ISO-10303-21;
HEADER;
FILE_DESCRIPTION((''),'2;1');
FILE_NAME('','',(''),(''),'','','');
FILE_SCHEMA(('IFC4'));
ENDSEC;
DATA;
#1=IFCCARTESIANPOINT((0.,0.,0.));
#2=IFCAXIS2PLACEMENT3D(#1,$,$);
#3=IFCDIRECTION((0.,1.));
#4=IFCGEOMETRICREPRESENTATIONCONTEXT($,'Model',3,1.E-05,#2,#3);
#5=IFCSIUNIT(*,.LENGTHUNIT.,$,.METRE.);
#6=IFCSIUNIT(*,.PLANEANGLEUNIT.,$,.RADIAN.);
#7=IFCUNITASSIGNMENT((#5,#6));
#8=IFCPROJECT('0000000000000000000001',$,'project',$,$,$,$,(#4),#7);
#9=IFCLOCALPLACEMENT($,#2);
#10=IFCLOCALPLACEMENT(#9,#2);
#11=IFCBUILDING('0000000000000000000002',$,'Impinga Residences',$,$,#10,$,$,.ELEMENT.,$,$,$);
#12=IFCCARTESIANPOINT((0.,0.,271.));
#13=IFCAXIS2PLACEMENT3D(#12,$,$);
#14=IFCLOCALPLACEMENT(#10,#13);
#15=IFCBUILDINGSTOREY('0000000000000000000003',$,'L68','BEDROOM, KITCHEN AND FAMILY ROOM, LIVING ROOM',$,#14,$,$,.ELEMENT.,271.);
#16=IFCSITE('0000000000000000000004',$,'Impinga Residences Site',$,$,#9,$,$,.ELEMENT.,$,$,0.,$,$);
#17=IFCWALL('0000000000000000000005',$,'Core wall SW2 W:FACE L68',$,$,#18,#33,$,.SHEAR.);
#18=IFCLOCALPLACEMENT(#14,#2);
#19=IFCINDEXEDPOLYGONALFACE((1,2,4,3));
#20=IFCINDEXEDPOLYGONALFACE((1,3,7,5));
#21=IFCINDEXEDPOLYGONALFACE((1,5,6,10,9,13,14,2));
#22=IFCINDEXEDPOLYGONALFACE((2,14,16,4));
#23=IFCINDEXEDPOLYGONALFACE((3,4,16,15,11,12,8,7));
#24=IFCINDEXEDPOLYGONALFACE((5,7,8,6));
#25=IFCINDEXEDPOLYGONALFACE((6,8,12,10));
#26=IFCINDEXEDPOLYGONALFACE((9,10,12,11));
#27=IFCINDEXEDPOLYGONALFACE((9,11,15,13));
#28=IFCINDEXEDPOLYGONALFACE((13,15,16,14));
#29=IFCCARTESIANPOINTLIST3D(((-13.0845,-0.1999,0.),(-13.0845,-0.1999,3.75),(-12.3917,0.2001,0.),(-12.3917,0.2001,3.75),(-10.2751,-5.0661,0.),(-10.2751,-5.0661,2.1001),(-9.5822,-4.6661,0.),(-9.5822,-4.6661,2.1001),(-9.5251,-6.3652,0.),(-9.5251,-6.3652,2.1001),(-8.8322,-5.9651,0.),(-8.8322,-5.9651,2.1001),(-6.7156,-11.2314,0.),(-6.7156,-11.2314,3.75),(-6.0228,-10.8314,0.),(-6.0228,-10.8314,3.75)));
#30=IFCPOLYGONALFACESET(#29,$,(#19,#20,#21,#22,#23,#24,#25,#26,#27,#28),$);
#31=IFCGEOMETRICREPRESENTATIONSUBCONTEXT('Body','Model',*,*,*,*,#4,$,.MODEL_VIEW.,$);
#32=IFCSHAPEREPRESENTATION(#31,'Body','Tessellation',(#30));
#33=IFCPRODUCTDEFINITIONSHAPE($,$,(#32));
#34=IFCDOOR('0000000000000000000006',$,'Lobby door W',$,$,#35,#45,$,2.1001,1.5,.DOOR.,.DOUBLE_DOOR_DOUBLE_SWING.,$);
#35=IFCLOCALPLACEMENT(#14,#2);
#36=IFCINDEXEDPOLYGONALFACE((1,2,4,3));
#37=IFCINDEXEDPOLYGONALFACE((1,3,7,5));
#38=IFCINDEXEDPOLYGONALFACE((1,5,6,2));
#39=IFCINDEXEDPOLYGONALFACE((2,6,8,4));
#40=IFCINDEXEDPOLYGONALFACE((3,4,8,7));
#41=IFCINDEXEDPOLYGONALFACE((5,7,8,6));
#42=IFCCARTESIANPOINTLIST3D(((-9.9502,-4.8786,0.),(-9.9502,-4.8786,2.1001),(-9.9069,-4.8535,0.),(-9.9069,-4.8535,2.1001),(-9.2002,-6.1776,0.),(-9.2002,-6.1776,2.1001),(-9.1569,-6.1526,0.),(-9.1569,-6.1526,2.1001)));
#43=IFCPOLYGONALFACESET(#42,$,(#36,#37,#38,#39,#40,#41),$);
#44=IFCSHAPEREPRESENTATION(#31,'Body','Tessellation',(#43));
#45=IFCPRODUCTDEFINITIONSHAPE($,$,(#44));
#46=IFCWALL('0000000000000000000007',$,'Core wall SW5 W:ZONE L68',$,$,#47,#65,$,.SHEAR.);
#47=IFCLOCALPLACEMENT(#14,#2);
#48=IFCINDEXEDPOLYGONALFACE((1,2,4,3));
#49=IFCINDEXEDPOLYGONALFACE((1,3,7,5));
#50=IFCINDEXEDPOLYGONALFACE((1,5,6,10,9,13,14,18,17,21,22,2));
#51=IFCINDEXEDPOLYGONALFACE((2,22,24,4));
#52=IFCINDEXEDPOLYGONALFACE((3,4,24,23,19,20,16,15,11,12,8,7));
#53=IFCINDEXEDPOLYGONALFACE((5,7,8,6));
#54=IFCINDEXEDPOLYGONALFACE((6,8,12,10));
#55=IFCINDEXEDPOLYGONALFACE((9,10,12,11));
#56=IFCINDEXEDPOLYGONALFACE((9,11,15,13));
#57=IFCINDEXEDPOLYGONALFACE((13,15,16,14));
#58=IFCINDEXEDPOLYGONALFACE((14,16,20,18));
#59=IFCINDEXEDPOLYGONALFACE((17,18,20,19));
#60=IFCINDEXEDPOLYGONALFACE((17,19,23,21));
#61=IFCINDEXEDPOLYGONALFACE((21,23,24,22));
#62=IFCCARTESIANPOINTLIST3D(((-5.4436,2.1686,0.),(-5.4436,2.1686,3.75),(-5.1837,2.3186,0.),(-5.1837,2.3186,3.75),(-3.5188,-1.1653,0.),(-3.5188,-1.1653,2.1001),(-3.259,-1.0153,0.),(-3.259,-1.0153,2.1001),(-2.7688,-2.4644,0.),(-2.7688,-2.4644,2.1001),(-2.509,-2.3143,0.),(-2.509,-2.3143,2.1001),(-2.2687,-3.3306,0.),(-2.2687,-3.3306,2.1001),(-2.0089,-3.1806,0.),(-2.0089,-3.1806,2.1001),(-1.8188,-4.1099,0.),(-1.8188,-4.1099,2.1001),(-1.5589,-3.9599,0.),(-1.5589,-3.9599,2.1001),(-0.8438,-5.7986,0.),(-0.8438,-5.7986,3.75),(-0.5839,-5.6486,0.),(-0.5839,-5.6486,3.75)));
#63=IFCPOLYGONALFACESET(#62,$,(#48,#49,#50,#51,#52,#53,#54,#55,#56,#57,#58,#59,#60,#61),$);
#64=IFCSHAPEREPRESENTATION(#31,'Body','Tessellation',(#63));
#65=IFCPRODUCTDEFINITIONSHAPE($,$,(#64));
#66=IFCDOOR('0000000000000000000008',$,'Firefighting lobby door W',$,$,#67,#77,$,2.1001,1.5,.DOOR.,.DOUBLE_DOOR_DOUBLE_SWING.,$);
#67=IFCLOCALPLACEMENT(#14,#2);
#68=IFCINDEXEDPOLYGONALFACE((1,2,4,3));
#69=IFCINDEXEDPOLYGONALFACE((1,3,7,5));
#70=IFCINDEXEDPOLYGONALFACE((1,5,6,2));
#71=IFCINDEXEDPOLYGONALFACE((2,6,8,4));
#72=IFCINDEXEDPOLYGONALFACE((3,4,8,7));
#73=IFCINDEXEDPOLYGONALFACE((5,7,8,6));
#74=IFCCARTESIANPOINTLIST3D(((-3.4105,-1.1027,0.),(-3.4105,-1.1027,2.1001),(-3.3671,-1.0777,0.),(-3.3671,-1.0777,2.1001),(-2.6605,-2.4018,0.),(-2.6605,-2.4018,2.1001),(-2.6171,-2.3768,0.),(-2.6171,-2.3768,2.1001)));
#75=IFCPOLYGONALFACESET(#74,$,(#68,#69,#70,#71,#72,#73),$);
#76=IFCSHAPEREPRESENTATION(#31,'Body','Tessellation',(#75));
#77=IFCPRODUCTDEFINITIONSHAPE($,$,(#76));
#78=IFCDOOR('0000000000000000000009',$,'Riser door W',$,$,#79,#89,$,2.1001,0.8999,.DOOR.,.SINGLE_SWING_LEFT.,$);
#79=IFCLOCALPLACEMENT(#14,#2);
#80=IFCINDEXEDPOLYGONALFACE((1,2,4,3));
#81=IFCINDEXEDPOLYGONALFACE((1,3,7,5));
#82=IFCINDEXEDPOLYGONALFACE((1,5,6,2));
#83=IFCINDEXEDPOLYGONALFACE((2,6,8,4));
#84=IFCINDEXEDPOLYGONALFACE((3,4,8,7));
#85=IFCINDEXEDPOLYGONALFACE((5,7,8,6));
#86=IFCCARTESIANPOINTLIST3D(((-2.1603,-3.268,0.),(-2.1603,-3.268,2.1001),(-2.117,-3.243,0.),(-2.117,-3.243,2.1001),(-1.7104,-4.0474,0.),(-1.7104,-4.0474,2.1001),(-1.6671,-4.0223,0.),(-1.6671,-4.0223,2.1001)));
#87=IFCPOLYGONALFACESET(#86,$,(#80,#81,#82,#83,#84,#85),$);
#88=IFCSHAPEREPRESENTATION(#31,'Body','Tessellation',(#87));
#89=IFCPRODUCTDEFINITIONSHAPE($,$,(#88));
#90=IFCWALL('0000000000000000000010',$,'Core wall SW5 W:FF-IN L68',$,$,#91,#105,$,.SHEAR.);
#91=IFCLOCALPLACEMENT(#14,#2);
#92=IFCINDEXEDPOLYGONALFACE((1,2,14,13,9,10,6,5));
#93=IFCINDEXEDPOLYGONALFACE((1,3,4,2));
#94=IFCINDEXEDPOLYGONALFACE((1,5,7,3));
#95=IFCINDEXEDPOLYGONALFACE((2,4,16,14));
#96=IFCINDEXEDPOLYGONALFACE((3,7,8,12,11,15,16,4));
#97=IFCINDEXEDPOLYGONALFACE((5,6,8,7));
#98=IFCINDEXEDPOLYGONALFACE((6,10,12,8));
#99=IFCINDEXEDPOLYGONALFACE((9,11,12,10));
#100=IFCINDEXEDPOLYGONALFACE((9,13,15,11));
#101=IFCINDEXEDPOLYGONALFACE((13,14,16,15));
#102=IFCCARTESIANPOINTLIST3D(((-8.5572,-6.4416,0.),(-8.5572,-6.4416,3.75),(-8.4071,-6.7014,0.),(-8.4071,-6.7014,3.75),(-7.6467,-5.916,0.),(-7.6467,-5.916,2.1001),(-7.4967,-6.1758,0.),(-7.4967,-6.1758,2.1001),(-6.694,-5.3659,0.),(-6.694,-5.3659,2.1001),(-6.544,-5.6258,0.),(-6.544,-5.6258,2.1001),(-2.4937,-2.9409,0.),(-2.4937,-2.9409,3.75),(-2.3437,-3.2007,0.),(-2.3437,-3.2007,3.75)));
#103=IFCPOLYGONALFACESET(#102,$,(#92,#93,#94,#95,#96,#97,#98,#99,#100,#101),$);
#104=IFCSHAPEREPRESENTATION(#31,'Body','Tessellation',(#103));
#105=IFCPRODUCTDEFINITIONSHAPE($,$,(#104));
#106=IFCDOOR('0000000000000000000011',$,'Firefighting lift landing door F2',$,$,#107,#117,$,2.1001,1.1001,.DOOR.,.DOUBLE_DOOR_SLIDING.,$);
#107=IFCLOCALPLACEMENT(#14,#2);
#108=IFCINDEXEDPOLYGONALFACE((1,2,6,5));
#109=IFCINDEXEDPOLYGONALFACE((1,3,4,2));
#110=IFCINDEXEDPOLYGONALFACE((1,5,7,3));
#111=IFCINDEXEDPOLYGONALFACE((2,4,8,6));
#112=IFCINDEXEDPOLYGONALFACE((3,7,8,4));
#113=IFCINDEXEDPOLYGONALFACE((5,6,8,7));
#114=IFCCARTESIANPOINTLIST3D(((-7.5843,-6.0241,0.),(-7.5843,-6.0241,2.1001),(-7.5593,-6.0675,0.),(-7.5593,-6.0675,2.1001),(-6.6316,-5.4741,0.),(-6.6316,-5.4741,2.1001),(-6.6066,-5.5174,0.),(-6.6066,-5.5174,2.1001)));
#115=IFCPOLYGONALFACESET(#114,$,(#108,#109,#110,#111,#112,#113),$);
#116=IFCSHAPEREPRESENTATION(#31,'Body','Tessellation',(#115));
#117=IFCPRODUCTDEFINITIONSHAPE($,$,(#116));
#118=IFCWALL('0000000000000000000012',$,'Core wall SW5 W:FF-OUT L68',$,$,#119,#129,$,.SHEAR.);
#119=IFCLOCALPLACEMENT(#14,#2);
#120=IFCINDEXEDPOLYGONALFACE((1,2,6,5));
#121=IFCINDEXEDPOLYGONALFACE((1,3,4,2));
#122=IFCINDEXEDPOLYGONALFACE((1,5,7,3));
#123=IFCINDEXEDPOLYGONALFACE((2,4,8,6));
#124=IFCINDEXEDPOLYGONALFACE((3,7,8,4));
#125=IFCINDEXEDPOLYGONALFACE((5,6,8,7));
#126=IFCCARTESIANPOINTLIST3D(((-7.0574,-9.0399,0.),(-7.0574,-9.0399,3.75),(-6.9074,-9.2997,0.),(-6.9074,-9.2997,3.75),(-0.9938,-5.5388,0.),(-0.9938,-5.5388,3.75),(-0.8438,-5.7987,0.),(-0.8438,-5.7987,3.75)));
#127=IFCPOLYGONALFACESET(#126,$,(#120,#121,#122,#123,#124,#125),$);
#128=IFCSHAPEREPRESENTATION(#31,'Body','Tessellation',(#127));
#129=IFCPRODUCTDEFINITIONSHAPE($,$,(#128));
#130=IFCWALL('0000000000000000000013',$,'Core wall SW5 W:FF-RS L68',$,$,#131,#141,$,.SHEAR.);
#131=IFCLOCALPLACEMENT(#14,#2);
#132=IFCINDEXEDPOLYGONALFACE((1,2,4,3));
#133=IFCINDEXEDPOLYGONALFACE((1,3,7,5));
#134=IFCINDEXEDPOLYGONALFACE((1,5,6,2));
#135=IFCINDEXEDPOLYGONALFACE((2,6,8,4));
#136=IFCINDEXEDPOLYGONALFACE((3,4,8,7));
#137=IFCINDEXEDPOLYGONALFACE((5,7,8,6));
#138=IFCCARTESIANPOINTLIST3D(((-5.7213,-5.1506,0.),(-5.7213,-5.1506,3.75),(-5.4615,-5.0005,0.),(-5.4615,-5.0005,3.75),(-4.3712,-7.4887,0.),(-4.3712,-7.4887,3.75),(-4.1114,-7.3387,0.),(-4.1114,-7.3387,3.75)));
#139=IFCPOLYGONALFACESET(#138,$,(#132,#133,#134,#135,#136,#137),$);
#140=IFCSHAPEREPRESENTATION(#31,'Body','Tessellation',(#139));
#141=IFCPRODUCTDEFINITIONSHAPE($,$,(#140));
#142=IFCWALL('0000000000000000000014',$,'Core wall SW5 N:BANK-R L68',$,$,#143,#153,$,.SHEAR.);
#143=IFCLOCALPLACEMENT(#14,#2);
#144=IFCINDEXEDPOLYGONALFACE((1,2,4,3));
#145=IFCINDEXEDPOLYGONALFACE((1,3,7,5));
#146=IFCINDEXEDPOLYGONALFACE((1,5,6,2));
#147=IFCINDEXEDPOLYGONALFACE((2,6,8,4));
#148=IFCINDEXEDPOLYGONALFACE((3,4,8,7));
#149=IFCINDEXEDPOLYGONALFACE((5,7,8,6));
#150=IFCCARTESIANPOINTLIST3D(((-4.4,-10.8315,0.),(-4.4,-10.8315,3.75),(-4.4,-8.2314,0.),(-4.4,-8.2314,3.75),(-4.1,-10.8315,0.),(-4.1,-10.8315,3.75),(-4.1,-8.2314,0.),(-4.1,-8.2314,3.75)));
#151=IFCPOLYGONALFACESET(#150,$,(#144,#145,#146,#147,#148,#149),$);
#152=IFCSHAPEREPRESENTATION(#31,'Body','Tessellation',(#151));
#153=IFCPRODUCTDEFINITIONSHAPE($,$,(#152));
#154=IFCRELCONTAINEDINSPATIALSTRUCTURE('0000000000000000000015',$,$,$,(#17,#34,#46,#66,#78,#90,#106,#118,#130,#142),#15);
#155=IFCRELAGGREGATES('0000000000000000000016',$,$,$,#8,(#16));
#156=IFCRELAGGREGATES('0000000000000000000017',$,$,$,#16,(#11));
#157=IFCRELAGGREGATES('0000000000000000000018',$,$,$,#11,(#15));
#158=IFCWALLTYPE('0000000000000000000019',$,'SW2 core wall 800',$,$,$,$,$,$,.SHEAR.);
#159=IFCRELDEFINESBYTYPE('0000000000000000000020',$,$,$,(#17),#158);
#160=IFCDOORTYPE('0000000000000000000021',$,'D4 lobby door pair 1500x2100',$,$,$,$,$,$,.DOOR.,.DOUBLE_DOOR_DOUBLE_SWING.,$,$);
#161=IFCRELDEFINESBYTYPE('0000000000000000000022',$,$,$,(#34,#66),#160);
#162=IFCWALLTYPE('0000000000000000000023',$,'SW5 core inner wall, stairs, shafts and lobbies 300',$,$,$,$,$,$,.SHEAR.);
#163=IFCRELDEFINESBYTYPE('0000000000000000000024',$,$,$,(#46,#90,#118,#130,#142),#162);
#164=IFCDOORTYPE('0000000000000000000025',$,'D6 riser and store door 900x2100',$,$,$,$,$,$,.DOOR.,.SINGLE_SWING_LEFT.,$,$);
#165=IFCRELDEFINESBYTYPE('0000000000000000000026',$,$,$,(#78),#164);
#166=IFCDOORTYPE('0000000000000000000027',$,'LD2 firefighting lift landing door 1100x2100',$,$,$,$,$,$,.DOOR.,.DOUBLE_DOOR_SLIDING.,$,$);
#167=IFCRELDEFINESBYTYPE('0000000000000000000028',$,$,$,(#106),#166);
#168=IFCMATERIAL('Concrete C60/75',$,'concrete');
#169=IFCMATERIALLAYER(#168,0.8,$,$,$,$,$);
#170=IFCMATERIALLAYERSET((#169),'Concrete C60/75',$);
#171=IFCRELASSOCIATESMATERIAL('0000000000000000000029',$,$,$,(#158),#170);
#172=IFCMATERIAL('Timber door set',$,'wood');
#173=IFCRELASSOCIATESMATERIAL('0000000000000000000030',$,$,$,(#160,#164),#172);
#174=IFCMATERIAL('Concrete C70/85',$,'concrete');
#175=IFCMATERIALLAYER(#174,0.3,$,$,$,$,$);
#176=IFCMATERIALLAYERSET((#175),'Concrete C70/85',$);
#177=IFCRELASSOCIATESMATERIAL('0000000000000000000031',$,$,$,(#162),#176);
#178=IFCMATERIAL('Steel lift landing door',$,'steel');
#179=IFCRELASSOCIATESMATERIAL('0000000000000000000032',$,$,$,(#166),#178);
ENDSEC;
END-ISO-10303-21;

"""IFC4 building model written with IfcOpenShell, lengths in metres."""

from ifc_helpers import new_model, si_unit, direction, frame, frame_2d, origin, place, context, subcontext, project, spatial, rectangle, extrude, material, layer, layer_set, type_object, element, fill, save


model = new_model("IFC4")

# Units and contexts
model_context = context("Model", 3, precision=1e-05, world=origin(), true_north=direction((0.0, 1.0)))
body_context = subcontext(model_context, "Body", "Model", "MODEL_VIEW")
ifc_project = project(units=[si_unit("LENGTHUNIT", "METRE"), si_unit("PLANEANGLEUNIT", "RADIAN")], contexts=[model_context])

# Site, building, storey
site_placement = place(None, origin())
site = spatial("IfcSite", under=ifc_project, at=site_placement, Name="Impinga Residences Site", CompositionType="ELEMENT", RefElevation=0.0)
building_placement = place(site_placement, origin())
building = spatial("IfcBuilding", under=site, at=building_placement, Name="Impinga Residences", CompositionType="ELEMENT")
storey_placement = place(building_placement, frame((0.0, 0.0, 271.0)))
storey = spatial("IfcBuildingStorey", under=building, at=storey_placement, Name="L68", Description="BEDROOM, KITCHEN AND FAMILY ROOM, LIVING ROOM", CompositionType="ELEMENT", Elevation=271.0)

# Shared definitions
ifc_material_1 = material(Name="Concrete C60/75", Category="concrete")
ifc_material_2 = material(Name="Timber door set", Category="wood")

# Wall, opening, door
ifc_layer_1 = layer(ifc_material_1, 0.8)
ifc_layer_set_1 = layer_set([ifc_layer_1], Name="Concrete C60/75")
wall_type_1 = type_object("IfcWallType", Name="SW2 core wall 800", PredefinedType="SHEAR", material=ifc_layer_set_1)
wall_1_placement = place(storey_placement, frame((-6.3691, -11.0315, 0.0), z_axis=(0.0, 0.0, 1.0), x_axis=(-0.499992, 0.86603, 0.0)))
wall_1 = element("IfcWall", 1, at=wall_1_placement, inside=storey, type_object=wall_type_1, Name="Core wall SW2 W:FACE L68", PredefinedType="SHEAR", context=body_context, shape_type="SweptSolid", body=[
    extrude(rectangle(XDim=12.738, YDim=0.8, at=frame_2d((6.3691, 0.0))), origin(), (0.0, 0.0, 1.0), 3.75),
])
opening_1_placement = place(wall_1_placement, frame((5.6191, 0.0, 0.0)))
opening_1 = element("IfcOpeningElement", 2, at=opening_1_placement, cuts=wall_1, PredefinedType="OPENING", context=body_context, shape_type="SweptSolid", body=[
    extrude(rectangle(XDim=1.5, YDim=2.1001, at=frame_2d((0.75, 1.05))), frame((0.0, 0.4099, 0.0), z_axis=(0.0, -1.0, 0.0), x_axis=(1.0, 0.0, 0.0)), (0.0, 0.0, 1.0), 0.8201),
])
door_type_1 = type_object("IfcDoorType", Name="D4 lobby door pair 1500x2100", OperationType="DOUBLE_DOOR_DOUBLE_SWING", PredefinedType="DOOR", material=ifc_material_2)
door_1_placement = place(opening_1_placement, origin())
door_1 = element("IfcDoor", 3, at=door_1_placement, inside=storey, type_object=door_type_1, Name="Lobby door W", OperationType="DOUBLE_DOOR_DOUBLE_SWING", OverallHeight=2.1001, OverallWidth=1.5, PredefinedType="DOOR", context=body_context, shape_type="SweptSolid", body=[
    extrude(rectangle(XDim=1.5, YDim=2.1001, at=frame_2d((0.75, 1.05))), frame((0.0, 0.0249, 0.0), z_axis=(0.0, -1.0, 0.0), x_axis=(1.0, 0.0, 0.0)), (0.0, 0.0, 1.0), 0.05),
])
fill(opening_1, door_1)

# Wall, openings, doors
ifc_material_3 = material(Name="Concrete C70/85", Category="concrete")
ifc_layer_2 = layer(ifc_material_3, 0.3)
ifc_layer_set_2 = layer_set([ifc_layer_2], Name="Concrete C70/85")
wall_type_2 = type_object("IfcWallType", Name="SW5 core inner wall, stairs, shafts and lobbies 300", PredefinedType="SHEAR", material=ifc_layer_set_2)
wall_2_placement = place(storey_placement, frame((-0.7139, -5.7236, 0.0), z_axis=(0.0, 0.0, 1.0), x_axis=(-0.499995, 0.866028, 0.0)))
wall_2 = element("IfcWall", 4, at=wall_2_placement, inside=storey, type_object=wall_type_2, Name="Core wall SW5 W:ZONE L68", PredefinedType="SHEAR", context=body_context, shape_type="SweptSolid", body=[
    extrude(rectangle(XDim=9.1997, YDim=0.3, at=frame_2d((4.5999, 0.0))), origin(), (0.0, 0.0, 1.0), 3.75),
])
opening_2_placement = place(wall_2_placement, frame((3.8501, 0.0, 0.0)))
opening_2 = element("IfcOpeningElement", 5, at=opening_2_placement, cuts=wall_2, PredefinedType="OPENING", context=body_context, shape_type="SweptSolid", body=[
    extrude(rectangle(XDim=1.5, YDim=2.1001, at=frame_2d((0.75, 1.05))), frame((0.0, 0.1599, 0.0), z_axis=(0.0, -1.0, 0.0), x_axis=(1.0, 0.0, 0.0)), (0.0, 0.0, 1.0), 0.3201),
])
opening_3_placement = place(wall_2_placement, frame((1.95, 0.0, 0.0)))
opening_3 = element("IfcOpeningElement", 6, at=opening_3_placement, cuts=wall_2, PredefinedType="OPENING", context=body_context, shape_type="SweptSolid", body=[
    extrude(rectangle(XDim=0.8999, YDim=2.1001, at=frame_2d((0.45, 1.05))), frame((0.0, 0.1599, 0.0), z_axis=(0.0, -1.0, 0.0), x_axis=(1.0, 0.0, 0.0)), (0.0, 0.0, 1.0), 0.3201),
])
door_2_placement = place(opening_2_placement, origin())
door_2 = element("IfcDoor", 7, at=door_2_placement, inside=storey, type_object=door_type_1, Name="Firefighting lobby door W", OperationType="DOUBLE_DOOR_DOUBLE_SWING", OverallHeight=2.1001, OverallWidth=1.5, PredefinedType="DOOR", context=body_context, shape_type="SweptSolid", body=[
    extrude(rectangle(XDim=1.5, YDim=2.1001, at=frame_2d((0.75, 1.05))), frame((0.0, 0.0249, 0.0), z_axis=(0.0, -1.0, 0.0), x_axis=(1.0, 0.0, 0.0)), (0.0, 0.0, 1.0), 0.05),
])
fill(opening_2, door_2)
door_type_2 = type_object("IfcDoorType", Name="D6 riser and store door 900x2100", OperationType="SINGLE_SWING_LEFT", PredefinedType="DOOR", material=ifc_material_2)
door_3_placement = place(opening_3_placement, origin())
door_3 = element("IfcDoor", 8, at=door_3_placement, inside=storey, type_object=door_type_2, Name="Riser door W", OperationType="SINGLE_SWING_LEFT", OverallHeight=2.1001, OverallWidth=0.8999, PredefinedType="DOOR", context=body_context, shape_type="SweptSolid", body=[
    extrude(rectangle(XDim=0.8999, YDim=2.1001, at=frame_2d((0.45, 1.05))), frame((0.0, 0.0249, 0.0), z_axis=(0.0, -1.0, 0.0), x_axis=(1.0, 0.0, 0.0)), (0.0, 0.0, 1.0), 0.05),
])
fill(opening_3, door_3)

# Wall, opening, door
wall_3_placement = place(storey_placement, frame((-2.4187, -3.0708, 0.0), z_axis=(0.0, 0.0, 1.0), x_axis=(-0.866026, -0.499998, 0.0)))
wall_3 = element("IfcWall", 9, at=wall_3_placement, inside=storey, type_object=wall_type_2, Name="Core wall SW5 W:FF-IN L68", PredefinedType="SHEAR", context=body_context, shape_type="SweptSolid", body=[
    extrude(rectangle(XDim=7.0015, YDim=0.3, at=frame_2d((3.5007, 0.0))), origin(), (0.0, 0.0, 1.0), 3.75),
])
opening_4_placement = place(wall_3_placement, frame((4.8501, 0.0, 0.0)))
opening_4 = element("IfcOpeningElement", 10, at=opening_4_placement, cuts=wall_3, PredefinedType="OPENING", context=body_context, shape_type="SweptSolid", body=[
    extrude(rectangle(XDim=1.1001, YDim=2.1001, at=frame_2d((0.55, 1.05))), frame((0.0, 0.1599, 0.0), z_axis=(0.0, -1.0, 0.0), x_axis=(1.0, 0.0, 0.0)), (0.0, 0.0, 1.0), 0.3201),
])
ifc_material_4 = material(Name="Steel lift landing door", Category="steel")
door_type_3 = type_object("IfcDoorType", Name="LD2 firefighting lift landing door 1100x2100", OperationType="DOUBLE_DOOR_SLIDING", PredefinedType="DOOR", material=ifc_material_4)
door_4_placement = place(opening_4_placement, origin())
door_4 = element("IfcDoor", 11, at=door_4_placement, inside=storey, type_object=door_type_3, Name="Firefighting lift landing door F2", OperationType="DOUBLE_DOOR_SLIDING", OverallHeight=2.1001, OverallWidth=1.1001, PredefinedType="DOOR", context=body_context, shape_type="SweptSolid", body=[
    extrude(rectangle(XDim=1.1001, YDim=2.1001, at=frame_2d((0.55, 1.05))), frame((0.0, 0.0249, 0.0), z_axis=(0.0, -1.0, 0.0), x_axis=(1.0, 0.0, 0.0)), (0.0, 0.0, 1.0), 0.05),
])
fill(opening_4, door_4)

# Walls
wall_4_placement = place(storey_placement, frame((-0.9187, -5.6687, 0.0), z_axis=(0.0, 0.0, 1.0), x_axis=(-0.866011, -0.500024, 0.0)))
element("IfcWall", 12, at=wall_4_placement, inside=storey, type_object=wall_type_2, Name="Core wall SW5 W:FF-OUT L68", PredefinedType="SHEAR", context=body_context, shape_type="SweptSolid", body=[
    extrude(rectangle(XDim=7.0017, YDim=0.3, at=frame_2d((3.501, 0.0))), origin(), (0.0, 0.0, 1.0), 3.75),
])
wall_5_placement = place(storey_placement, frame((-4.2412, -7.4138, 0.0), z_axis=(0.0, 0.0, 1.0), x_axis=(-0.500049, 0.865997, 0.0)))
element("IfcWall", 13, at=wall_5_placement, inside=storey, type_object=wall_type_2, Name="Core wall SW5 W:FF-RS L68", PredefinedType="SHEAR", context=body_context, shape_type="SweptSolid", body=[
    extrude(rectangle(XDim=2.7, YDim=0.3, at=frame_2d((1.3501, 0.0))), origin(), (0.0, 0.0, 1.0), 3.75),
])
wall_6_placement = place(storey_placement, frame((-4.25, -8.2314, 0.0), z_axis=(0.0, 0.0, 1.0), x_axis=(0.0, -1.0, 0.0)))
element("IfcWall", 14, at=wall_6_placement, inside=storey, type_object=wall_type_2, Name="Core wall SW5 N:BANK-R L68", PredefinedType="SHEAR", context=body_context, shape_type="SweptSolid", body=[
    extrude(rectangle(XDim=2.6001, YDim=0.3, at=frame_2d((1.3, 0.0))), origin(), (0.0, 0.0, 1.0), 3.75),
])

save(model, "model.ifc")
